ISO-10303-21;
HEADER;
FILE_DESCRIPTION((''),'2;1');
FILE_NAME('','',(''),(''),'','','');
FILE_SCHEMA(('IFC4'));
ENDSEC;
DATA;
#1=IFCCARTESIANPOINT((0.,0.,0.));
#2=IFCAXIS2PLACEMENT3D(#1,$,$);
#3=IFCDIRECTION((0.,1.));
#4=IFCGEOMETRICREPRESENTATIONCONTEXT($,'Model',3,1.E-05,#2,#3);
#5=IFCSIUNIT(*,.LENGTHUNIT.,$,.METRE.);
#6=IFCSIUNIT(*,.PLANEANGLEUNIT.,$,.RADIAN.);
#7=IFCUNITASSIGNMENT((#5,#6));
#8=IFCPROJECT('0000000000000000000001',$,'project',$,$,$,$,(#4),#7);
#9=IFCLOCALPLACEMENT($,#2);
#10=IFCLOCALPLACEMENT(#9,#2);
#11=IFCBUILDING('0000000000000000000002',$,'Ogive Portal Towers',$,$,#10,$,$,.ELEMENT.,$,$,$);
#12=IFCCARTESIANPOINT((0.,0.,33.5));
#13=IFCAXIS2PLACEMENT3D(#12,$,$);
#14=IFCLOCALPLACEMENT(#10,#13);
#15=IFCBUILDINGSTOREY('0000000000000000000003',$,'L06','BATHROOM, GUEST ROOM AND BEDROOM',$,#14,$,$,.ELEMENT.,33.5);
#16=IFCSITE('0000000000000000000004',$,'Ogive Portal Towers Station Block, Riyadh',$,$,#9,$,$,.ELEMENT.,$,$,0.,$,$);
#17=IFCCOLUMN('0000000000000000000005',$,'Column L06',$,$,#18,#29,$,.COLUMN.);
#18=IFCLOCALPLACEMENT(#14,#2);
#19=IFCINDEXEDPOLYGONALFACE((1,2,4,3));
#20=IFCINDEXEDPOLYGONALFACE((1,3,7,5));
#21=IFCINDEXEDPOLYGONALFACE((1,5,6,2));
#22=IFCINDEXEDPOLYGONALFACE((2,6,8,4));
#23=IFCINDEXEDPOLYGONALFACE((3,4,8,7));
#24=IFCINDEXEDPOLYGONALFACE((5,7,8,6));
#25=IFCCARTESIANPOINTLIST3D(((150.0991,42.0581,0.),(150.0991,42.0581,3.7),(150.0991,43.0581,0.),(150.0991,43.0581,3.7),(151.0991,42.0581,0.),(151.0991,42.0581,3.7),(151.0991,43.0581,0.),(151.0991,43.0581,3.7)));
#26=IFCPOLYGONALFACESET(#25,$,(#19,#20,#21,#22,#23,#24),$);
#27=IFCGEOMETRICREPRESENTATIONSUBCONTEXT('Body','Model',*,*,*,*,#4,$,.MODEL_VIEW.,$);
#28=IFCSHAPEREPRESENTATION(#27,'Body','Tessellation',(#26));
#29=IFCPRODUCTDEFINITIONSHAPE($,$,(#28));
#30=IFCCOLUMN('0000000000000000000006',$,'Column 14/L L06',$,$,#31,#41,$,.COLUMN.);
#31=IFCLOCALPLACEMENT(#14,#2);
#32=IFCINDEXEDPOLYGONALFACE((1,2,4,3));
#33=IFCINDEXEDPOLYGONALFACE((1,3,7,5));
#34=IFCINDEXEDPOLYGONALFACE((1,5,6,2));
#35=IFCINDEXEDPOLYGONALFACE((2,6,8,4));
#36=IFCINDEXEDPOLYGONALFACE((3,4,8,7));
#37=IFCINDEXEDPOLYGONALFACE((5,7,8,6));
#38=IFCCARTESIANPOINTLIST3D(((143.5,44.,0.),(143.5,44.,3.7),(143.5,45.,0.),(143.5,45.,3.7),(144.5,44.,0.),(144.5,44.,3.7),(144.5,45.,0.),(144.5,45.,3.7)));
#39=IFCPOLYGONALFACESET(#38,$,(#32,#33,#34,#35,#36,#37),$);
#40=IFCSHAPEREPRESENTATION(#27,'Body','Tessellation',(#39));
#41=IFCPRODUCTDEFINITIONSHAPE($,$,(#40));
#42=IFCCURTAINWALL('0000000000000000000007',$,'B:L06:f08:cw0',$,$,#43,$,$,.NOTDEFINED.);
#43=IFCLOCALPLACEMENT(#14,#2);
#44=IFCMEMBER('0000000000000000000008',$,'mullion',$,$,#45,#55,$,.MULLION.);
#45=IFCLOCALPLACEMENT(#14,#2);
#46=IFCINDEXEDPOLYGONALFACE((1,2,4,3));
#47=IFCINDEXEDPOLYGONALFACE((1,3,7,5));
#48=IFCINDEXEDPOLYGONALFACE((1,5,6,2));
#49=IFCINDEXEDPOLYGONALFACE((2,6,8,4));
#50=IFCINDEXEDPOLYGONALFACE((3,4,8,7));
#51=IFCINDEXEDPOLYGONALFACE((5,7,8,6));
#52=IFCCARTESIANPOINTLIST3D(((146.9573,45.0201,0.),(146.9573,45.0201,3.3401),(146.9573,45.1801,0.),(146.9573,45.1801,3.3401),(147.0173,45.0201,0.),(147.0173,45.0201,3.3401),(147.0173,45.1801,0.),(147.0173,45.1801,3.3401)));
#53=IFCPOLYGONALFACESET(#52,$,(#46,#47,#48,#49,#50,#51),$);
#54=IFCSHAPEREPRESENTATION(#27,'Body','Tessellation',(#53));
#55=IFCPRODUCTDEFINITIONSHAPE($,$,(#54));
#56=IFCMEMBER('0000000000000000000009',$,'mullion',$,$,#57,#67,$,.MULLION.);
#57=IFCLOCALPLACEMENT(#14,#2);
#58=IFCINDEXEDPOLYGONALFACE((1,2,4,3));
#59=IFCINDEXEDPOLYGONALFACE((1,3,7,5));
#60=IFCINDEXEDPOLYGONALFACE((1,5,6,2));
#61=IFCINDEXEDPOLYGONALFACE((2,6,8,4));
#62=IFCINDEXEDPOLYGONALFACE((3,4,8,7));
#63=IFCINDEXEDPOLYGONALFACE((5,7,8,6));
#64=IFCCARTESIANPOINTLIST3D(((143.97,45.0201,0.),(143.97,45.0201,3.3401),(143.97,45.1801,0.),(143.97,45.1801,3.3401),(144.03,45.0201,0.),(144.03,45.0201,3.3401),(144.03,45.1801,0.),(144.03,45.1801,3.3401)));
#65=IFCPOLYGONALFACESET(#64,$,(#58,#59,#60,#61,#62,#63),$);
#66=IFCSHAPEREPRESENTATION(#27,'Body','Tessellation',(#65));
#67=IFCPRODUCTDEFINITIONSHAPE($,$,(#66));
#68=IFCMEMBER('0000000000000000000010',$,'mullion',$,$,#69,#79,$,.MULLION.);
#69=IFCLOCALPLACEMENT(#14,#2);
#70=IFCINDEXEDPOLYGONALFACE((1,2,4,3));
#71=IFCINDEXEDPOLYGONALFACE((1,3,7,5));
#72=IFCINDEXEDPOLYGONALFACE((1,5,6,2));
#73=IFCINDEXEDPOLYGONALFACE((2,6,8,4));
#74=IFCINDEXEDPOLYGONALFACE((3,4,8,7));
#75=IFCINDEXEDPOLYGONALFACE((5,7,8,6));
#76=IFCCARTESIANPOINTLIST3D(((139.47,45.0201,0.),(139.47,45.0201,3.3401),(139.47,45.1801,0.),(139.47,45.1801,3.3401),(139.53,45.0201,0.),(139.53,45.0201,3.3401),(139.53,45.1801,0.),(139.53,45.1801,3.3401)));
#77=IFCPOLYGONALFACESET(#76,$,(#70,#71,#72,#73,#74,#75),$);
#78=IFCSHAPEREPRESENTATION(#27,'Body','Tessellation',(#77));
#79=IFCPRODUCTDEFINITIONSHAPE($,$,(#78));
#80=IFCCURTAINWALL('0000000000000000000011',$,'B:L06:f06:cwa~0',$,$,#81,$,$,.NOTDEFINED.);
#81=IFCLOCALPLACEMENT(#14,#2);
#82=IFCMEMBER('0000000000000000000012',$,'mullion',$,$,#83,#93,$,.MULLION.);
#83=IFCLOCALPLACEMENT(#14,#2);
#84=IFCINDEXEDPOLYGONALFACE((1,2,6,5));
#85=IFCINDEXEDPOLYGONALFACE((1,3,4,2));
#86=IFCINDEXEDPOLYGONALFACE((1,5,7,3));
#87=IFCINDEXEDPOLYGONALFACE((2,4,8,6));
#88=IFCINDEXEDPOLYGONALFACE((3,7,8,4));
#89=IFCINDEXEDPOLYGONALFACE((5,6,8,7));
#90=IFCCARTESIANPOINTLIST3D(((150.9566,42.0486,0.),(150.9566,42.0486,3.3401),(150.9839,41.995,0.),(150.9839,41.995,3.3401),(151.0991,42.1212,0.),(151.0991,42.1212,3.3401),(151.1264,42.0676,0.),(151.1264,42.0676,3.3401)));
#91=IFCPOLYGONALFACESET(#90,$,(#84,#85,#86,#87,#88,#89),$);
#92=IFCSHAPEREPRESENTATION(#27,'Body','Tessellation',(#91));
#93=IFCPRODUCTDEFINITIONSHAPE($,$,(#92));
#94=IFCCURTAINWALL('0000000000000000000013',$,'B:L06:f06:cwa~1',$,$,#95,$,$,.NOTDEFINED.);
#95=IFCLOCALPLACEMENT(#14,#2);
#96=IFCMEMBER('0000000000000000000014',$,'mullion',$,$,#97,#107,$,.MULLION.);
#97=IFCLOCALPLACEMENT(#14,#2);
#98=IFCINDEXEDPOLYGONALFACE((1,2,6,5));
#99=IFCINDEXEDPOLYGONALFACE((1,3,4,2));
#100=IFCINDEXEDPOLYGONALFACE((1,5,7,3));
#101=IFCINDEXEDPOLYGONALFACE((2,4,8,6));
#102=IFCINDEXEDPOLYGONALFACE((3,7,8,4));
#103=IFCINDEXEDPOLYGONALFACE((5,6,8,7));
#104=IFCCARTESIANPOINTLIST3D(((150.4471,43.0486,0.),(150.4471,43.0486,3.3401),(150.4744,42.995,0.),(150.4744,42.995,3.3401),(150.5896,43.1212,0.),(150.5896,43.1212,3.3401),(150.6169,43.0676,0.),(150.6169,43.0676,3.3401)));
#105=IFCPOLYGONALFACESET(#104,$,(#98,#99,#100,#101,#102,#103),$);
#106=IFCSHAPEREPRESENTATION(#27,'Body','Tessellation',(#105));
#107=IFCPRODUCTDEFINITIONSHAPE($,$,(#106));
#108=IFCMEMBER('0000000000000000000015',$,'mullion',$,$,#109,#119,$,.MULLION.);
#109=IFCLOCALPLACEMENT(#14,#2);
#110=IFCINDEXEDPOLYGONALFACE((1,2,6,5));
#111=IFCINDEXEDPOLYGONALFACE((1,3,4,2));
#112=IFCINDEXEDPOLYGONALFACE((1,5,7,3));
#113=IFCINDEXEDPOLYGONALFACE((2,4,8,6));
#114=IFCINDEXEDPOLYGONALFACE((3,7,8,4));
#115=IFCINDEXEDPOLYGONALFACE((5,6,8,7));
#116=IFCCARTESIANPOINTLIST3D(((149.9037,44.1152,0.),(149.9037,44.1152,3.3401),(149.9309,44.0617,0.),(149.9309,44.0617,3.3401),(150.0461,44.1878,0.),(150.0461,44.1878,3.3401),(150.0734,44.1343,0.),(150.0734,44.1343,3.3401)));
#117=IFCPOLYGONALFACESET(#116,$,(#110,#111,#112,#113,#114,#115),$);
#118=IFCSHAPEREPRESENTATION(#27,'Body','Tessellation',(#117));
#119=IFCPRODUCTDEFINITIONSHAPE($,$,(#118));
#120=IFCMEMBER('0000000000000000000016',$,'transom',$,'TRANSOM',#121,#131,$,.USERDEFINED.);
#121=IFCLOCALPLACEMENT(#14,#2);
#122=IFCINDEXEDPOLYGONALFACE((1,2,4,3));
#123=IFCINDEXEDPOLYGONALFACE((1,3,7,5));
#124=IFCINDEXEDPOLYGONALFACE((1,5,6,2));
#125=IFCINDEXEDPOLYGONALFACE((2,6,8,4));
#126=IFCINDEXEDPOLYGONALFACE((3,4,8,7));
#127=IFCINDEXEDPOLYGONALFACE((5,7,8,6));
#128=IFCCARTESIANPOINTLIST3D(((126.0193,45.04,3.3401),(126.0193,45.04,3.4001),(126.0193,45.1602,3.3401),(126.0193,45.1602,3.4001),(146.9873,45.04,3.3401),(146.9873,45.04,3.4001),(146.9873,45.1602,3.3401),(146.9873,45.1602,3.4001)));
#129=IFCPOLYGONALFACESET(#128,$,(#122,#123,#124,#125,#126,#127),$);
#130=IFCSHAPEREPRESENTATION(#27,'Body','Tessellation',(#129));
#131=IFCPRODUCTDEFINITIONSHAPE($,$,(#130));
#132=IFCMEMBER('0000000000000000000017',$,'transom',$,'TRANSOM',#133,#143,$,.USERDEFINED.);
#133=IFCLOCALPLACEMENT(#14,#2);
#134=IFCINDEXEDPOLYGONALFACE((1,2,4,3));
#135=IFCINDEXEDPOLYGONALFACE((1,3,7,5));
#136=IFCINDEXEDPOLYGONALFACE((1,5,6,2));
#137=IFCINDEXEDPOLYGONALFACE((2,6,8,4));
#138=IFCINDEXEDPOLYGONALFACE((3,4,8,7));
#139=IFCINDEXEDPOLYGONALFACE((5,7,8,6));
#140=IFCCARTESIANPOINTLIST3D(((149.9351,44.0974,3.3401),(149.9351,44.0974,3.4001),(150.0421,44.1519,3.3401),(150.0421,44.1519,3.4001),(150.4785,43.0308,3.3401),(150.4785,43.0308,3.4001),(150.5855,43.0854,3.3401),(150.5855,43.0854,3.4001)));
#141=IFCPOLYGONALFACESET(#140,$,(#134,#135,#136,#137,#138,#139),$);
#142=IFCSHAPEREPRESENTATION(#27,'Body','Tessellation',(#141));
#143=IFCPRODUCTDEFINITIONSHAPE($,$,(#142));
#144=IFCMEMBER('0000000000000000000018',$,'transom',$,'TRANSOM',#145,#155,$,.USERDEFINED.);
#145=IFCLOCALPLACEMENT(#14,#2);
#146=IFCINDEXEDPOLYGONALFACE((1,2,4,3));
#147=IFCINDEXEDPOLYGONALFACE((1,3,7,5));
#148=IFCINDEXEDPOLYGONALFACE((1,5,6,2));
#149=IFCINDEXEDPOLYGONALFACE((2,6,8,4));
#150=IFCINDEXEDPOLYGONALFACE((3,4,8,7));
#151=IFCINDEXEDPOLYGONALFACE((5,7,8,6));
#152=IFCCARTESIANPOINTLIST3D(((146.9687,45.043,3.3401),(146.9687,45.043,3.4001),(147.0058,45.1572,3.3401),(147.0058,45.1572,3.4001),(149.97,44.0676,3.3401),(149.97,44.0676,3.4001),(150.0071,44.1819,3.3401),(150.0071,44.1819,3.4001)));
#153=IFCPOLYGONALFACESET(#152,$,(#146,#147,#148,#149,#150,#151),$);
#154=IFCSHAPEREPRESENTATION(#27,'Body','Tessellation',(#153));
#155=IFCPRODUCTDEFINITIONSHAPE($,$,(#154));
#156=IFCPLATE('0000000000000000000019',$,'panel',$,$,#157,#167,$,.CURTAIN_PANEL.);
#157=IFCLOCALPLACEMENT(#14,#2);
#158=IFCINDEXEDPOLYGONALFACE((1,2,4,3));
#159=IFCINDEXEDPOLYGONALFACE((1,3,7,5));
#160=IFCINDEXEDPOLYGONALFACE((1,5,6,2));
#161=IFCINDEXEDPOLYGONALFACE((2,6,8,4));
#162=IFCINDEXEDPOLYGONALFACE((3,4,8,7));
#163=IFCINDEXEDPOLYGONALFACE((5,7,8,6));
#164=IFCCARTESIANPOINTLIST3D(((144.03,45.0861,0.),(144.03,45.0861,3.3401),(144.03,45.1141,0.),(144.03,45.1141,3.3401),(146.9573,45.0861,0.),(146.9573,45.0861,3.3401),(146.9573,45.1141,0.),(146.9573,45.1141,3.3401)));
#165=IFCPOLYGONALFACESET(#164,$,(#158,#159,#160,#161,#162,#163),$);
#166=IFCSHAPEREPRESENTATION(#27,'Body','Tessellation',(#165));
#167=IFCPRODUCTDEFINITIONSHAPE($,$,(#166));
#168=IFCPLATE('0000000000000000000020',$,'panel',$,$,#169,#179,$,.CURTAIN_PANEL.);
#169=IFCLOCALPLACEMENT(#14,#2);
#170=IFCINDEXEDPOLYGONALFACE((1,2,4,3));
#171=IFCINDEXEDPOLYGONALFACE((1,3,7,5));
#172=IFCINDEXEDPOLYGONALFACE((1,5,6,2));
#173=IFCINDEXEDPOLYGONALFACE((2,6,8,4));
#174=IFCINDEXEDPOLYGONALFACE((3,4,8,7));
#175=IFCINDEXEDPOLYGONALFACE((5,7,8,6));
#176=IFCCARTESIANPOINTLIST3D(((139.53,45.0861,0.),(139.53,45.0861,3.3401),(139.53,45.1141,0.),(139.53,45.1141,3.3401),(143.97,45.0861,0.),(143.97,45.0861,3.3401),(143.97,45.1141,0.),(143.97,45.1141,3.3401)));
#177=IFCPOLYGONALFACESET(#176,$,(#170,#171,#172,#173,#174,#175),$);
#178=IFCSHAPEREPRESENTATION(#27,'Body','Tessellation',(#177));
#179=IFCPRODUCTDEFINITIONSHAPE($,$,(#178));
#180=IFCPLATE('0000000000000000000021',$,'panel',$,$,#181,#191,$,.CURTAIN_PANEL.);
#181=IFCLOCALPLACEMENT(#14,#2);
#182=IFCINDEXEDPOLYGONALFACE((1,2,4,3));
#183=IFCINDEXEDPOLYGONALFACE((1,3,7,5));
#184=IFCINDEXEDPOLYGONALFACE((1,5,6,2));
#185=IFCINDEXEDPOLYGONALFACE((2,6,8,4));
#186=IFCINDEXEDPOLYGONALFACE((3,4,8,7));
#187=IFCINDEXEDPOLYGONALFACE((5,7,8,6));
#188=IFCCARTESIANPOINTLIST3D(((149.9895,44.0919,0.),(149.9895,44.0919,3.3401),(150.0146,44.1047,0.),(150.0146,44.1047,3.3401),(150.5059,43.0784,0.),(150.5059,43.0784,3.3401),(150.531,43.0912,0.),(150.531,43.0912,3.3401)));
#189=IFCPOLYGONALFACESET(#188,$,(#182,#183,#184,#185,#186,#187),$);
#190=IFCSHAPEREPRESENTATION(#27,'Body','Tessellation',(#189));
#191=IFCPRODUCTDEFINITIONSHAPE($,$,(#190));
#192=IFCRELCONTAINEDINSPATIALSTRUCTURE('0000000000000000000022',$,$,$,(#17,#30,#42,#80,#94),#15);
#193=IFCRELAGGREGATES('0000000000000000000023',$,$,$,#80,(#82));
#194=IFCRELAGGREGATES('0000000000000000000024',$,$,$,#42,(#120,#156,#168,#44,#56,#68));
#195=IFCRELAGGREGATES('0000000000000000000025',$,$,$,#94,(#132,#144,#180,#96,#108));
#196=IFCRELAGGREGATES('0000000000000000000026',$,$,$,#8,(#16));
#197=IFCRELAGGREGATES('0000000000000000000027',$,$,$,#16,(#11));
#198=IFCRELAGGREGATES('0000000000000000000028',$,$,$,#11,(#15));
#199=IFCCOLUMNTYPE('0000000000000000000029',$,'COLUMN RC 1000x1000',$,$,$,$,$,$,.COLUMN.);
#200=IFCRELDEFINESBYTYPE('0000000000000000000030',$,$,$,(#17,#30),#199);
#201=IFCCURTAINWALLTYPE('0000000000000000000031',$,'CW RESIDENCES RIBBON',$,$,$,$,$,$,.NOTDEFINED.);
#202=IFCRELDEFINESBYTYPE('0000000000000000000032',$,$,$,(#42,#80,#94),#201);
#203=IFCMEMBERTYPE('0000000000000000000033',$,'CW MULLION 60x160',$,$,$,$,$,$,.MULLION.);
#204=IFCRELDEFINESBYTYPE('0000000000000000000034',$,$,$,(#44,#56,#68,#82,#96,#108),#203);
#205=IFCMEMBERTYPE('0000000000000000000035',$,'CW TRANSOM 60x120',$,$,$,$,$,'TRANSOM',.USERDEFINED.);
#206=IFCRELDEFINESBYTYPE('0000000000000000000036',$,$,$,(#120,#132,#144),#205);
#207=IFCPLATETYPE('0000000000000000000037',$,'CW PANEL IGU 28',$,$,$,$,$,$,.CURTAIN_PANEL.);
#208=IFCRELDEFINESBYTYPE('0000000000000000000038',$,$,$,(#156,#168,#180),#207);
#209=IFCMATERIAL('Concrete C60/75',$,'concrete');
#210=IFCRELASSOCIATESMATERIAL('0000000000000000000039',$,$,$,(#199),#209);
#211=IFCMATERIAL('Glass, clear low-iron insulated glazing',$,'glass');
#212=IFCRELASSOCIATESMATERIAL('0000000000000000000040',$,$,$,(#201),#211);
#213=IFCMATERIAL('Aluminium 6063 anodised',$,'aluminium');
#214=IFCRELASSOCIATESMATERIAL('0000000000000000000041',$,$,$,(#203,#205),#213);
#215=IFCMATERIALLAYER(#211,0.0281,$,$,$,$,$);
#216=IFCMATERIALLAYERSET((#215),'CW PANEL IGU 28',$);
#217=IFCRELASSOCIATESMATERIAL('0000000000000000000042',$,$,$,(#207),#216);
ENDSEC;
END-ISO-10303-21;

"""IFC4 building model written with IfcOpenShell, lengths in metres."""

from ifc_helpers import new_model, si_unit, direction, frame, origin, origin_2d, place, context, subcontext, project, spatial, rectangle, extrude, material, layer, layer_set, material_profile, profile_set, type_object, element, aggregate, save


model = new_model("IFC4")

# Units and contexts
model_context = context("Model", 3, precision=1e-05, world=origin(), true_north=direction((0.0, 1.0)))
body_context = subcontext(model_context, "Body", "Model", "MODEL_VIEW")
ifc_project = project(units=[si_unit("LENGTHUNIT", "METRE"), si_unit("PLANEANGLEUNIT", "RADIAN")], contexts=[model_context])

# Site, building, storey
site_placement = place(None, origin())
site = spatial("IfcSite", under=ifc_project, at=site_placement, Name="Ogive Portal Towers Station Block, Riyadh", CompositionType="ELEMENT", RefElevation=0.0)
building_placement = place(site_placement, origin())
building = spatial("IfcBuilding", under=site, at=building_placement, Name="Ogive Portal Towers", CompositionType="ELEMENT")
storey_placement = place(building_placement, frame((0.0, 0.0, 33.5)))
storey = spatial("IfcBuildingStorey", under=building, at=storey_placement, Name="L06", Description="BATHROOM, GUEST ROOM AND BEDROOM", CompositionType="ELEMENT", Elevation=33.5)

# Columns
ifc_material_1 = material(Name="Concrete C60/75", Category="concrete")
ifc_material_profile_1 = material_profile(ifc_material_1, rectangle(XDim=1.0, YDim=1.0, at=origin_2d()), Name="RC 1000x1000")
ifc_profile_set_1 = profile_set([ifc_material_profile_1], Name="Concrete C60/75")
column_type = type_object("IfcColumnType", Name="COLUMN RC 1000x1000", PredefinedType="COLUMN", material=ifc_profile_set_1)
for number, where, z_axis, x_axis, name in (
    (1, (150.5991, 42.5581, 0.0), (0.0, 0.0, 1.0), (1.0, 0.0, 0.0), "Column L06"),
    (2, (144.0, 44.5, 0.0), (0.0, 0.0, 1.0), (1.0, 0.0, 0.0), "Column 14/L L06"),
):
    element("IfcColumn", number, at=place(storey_placement, frame(where, z_axis=z_axis, x_axis=x_axis)), inside=storey, type_object=column_type, Name=name, PredefinedType="COLUMN", context=body_context, shape_type="SweptSolid", body=[
        extrude(rectangle(XDim=1.0, YDim=1.0, at=origin_2d()), origin(), (0.0, 0.0, 1.0), 3.7),
    ])

# Curtain wall, members
ifc_material_2 = material(Name="Glass, clear low-iron insulated glazing", Category="glass")
curtain_wall_type = type_object("IfcCurtainWallType", Name="CW RESIDENCES RIBBON", PredefinedType="NOTDEFINED", material=ifc_material_2)
curtain_wall_1_placement = place(storey_placement, origin())
curtain_wall_1 = element("IfcCurtainWall", 3, at=curtain_wall_1_placement, inside=storey, type_object=curtain_wall_type, Name="B:L06:f08:cw0", PredefinedType="NOTDEFINED")
ifc_material_3 = material(Name="Aluminium 6063 anodised", Category="aluminium")
ifc_material_profile_2 = material_profile(ifc_material_3, rectangle(XDim=0.1599, YDim=0.0601, at=origin_2d()), Name="AL 60x160")
ifc_profile_set_2 = profile_set([ifc_material_profile_2], Name="Aluminium 6063 anodised")
member_type_1 = type_object("IfcMemberType", Name="CW MULLION 60x160", PredefinedType="MULLION", material=ifc_profile_set_2)
member_1_placement = place(storey_placement, frame((146.9873, 45.1001, 0.0), z_axis=(0.0, 0.0, 1.0), x_axis=(0.0, -1.0, 0.0)))
member_1 = element("IfcMember", 4, at=member_1_placement, type_object=member_type_1, Name="mullion", PredefinedType="MULLION", context=body_context, shape_type="SweptSolid", body=[
    extrude(rectangle(XDim=0.1599, YDim=0.0601, at=origin_2d()), origin(), (0.0, 0.0, 1.0), 3.3401),
])
member_2_placement = place(storey_placement, frame((144.0, 45.1001, 0.0), z_axis=(0.0, 0.0, 1.0), x_axis=(0.0, -1.0, 0.0)))
member_2 = element("IfcMember", 5, at=member_2_placement, type_object=member_type_1, Name="mullion", PredefinedType="MULLION", context=body_context, shape_type="SweptSolid", body=[
    extrude(rectangle(XDim=0.1599, YDim=0.0601, at=origin_2d()), origin(), (0.0, 0.0, 1.0), 3.3401),
])
member_3_placement = place(storey_placement, frame((139.5, 45.1001, 0.0), z_axis=(0.0, 0.0, 1.0), x_axis=(0.0, -1.0, 0.0)))
member_3 = element("IfcMember", 6, at=member_3_placement, type_object=member_type_1, Name="mullion", PredefinedType="MULLION", context=body_context, shape_type="SweptSolid", body=[
    extrude(rectangle(XDim=0.1599, YDim=0.0601, at=origin_2d()), origin(), (0.0, 0.0, 1.0), 3.3401),
])

# Curtain wall, member
curtain_wall_2_placement = place(storey_placement, origin())
curtain_wall_2 = element("IfcCurtainWall", 7, at=curtain_wall_2_placement, inside=storey, type_object=curtain_wall_type, Name="B:L06:f06:cwa~0", PredefinedType="NOTDEFINED")
member_4_placement = place(storey_placement, frame((151.0415, 42.0581, 0.0), z_axis=(0.0, 0.0, 1.0), x_axis=(-0.891007, -0.45399, 0.0)))
member_4 = element("IfcMember", 8, at=member_4_placement, type_object=member_type_1, Name="mullion", PredefinedType="MULLION", context=body_context, shape_type="SweptSolid", body=[
    extrude(rectangle(XDim=0.1599, YDim=0.0601, at=origin_2d()), origin(), (0.0, 0.0, 1.0), 3.3401),
])
aggregate(curtain_wall_2, [member_4])

# Curtain wall, members
curtain_wall_3_placement = place(storey_placement, origin())
curtain_wall_3 = element("IfcCurtainWall", 9, at=curtain_wall_3_placement, inside=storey, type_object=curtain_wall_type, Name="B:L06:f06:cwa~1", PredefinedType="NOTDEFINED")
member_5_placement = place(storey_placement, frame((150.532, 43.0581, 0.0), z_axis=(0.0, 0.0, 1.0), x_axis=(-0.891007, -0.45399, 0.0)))
member_5 = element("IfcMember", 10, at=member_5_placement, type_object=member_type_1, Name="mullion", PredefinedType="MULLION", context=body_context, shape_type="SweptSolid", body=[
    extrude(rectangle(XDim=0.1599, YDim=0.0601, at=origin_2d()), origin(), (0.0, 0.0, 1.0), 3.3401),
])
member_6_placement = place(storey_placement, frame((149.9885, 44.1248, 0.0), z_axis=(0.0, 0.0, 1.0), x_axis=(-0.891007, -0.45399, 0.0)))
member_6 = element("IfcMember", 11, at=member_6_placement, type_object=member_type_1, Name="mullion", PredefinedType="MULLION", context=body_context, shape_type="SweptSolid", body=[
    extrude(rectangle(XDim=0.1599, YDim=0.0601, at=origin_2d()), origin(), (0.0, 0.0, 1.0), 3.3401),
])

# Members
ifc_material_profile_3 = material_profile(ifc_material_3, rectangle(XDim=0.1201, YDim=0.0601, at=origin_2d()), Name="AL 120x60")
ifc_profile_set_3 = profile_set([ifc_material_profile_3], Name="Aluminium 6063 anodised")
member_type_2 = type_object("IfcMemberType", Name="CW TRANSOM 60x120", ElementType="TRANSOM", PredefinedType="USERDEFINED", material=ifc_profile_set_3)
member_7_placement = place(storey_placement, frame((146.9873, 45.1001, 3.3701), z_axis=(-1.0, 0.0, 0.0), x_axis=(0.0, -1.0, 0.0)))
member_7 = element("IfcMember", 12, at=member_7_placement, type_object=member_type_2, Name="transom", ObjectType="TRANSOM", PredefinedType="USERDEFINED", context=body_context, shape_type="SweptSolid", body=[
    extrude(rectangle(XDim=0.1201, YDim=0.0601, at=origin_2d()), origin(), (0.0, 0.0, 1.0), 20.968),
])
member_8_placement = place(storey_placement, frame((150.532, 43.0581, 3.3701), z_axis=(-0.453972, 0.891016, 0.0), x_axis=(-0.891016, -0.453972, 0.0)))
member_8 = element("IfcMember", 13, at=member_8_placement, type_object=member_type_2, Name="transom", ObjectType="TRANSOM", PredefinedType="USERDEFINED", context=body_context, shape_type="SweptSolid", body=[
    extrude(rectangle(XDim=0.1201, YDim=0.0601, at=origin_2d()), origin(), (0.0, 0.0, 1.0), 1.197),
])
member_9_placement = place(storey_placement, frame((149.9885, 44.1248, 3.3701), z_axis=(-0.951039, 0.30907, 0.0), x_axis=(-0.30907, -0.951039, 0.0)))
member_9 = element("IfcMember", 14, at=member_9_placement, type_object=member_type_2, Name="transom", ObjectType="TRANSOM", PredefinedType="USERDEFINED", context=body_context, shape_type="SweptSolid", body=[
    extrude(rectangle(XDim=0.1201, YDim=0.0601, at=origin_2d()), origin(), (0.0, 0.0, 1.0), 3.1558),
])

# Plates
ifc_layer_1 = layer(ifc_material_2, 0.0281)
ifc_layer_set_1 = layer_set([ifc_layer_1], Name="CW PANEL IGU 28")
plate_type = type_object("IfcPlateType", Name="CW PANEL IGU 28", PredefinedType="CURTAIN_PANEL", material=ifc_layer_set_1)
plate_1_placement = place(storey_placement, frame((145.4937, 45.1001, 0.0), z_axis=(0.0, 0.0, 1.0), x_axis=(-1.0, 0.0, 0.0)))
plate_1 = element("IfcPlate", 15, at=plate_1_placement, type_object=plate_type, Name="panel", PredefinedType="CURTAIN_PANEL", context=body_context, shape_type="SweptSolid", body=[
    extrude(rectangle(XDim=2.9272, YDim=0.0281, at=origin_2d()), origin(), (0.0, 0.0, 1.0), 3.3401),
])
plate_2_placement = place(storey_placement, frame((141.75, 45.1001, 0.0), z_axis=(0.0, 0.0, 1.0), x_axis=(-1.0, 0.0, 0.0)))
plate_2 = element("IfcPlate", 16, at=plate_2_placement, type_object=plate_type, Name="panel", PredefinedType="CURTAIN_PANEL", context=body_context, shape_type="SweptSolid", body=[
    extrude(rectangle(XDim=4.4399, YDim=0.0281, at=origin_2d()), origin(), (0.0, 0.0, 1.0), 3.3401),
])
aggregate(curtain_wall_1, [member_7, plate_1, plate_2, member_1, member_2, member_3])
plate_3_placement = place(storey_placement, frame((150.2603, 43.5916, 0.0), z_axis=(0.0, 0.0, 1.0), x_axis=(-0.45399, 0.891007, 0.0)))
plate_3 = element("IfcPlate", 17, at=plate_3_placement, type_object=plate_type, Name="panel", PredefinedType="CURTAIN_PANEL", context=body_context, shape_type="SweptSolid", body=[
    extrude(rectangle(XDim=1.1375, YDim=0.0281, at=origin_2d()), origin(), (0.0, 0.0, 1.0), 3.3401),
])
aggregate(curtain_wall_3, [member_8, member_9, plate_3, member_5, member_6])

save(model, "model.ifc")
